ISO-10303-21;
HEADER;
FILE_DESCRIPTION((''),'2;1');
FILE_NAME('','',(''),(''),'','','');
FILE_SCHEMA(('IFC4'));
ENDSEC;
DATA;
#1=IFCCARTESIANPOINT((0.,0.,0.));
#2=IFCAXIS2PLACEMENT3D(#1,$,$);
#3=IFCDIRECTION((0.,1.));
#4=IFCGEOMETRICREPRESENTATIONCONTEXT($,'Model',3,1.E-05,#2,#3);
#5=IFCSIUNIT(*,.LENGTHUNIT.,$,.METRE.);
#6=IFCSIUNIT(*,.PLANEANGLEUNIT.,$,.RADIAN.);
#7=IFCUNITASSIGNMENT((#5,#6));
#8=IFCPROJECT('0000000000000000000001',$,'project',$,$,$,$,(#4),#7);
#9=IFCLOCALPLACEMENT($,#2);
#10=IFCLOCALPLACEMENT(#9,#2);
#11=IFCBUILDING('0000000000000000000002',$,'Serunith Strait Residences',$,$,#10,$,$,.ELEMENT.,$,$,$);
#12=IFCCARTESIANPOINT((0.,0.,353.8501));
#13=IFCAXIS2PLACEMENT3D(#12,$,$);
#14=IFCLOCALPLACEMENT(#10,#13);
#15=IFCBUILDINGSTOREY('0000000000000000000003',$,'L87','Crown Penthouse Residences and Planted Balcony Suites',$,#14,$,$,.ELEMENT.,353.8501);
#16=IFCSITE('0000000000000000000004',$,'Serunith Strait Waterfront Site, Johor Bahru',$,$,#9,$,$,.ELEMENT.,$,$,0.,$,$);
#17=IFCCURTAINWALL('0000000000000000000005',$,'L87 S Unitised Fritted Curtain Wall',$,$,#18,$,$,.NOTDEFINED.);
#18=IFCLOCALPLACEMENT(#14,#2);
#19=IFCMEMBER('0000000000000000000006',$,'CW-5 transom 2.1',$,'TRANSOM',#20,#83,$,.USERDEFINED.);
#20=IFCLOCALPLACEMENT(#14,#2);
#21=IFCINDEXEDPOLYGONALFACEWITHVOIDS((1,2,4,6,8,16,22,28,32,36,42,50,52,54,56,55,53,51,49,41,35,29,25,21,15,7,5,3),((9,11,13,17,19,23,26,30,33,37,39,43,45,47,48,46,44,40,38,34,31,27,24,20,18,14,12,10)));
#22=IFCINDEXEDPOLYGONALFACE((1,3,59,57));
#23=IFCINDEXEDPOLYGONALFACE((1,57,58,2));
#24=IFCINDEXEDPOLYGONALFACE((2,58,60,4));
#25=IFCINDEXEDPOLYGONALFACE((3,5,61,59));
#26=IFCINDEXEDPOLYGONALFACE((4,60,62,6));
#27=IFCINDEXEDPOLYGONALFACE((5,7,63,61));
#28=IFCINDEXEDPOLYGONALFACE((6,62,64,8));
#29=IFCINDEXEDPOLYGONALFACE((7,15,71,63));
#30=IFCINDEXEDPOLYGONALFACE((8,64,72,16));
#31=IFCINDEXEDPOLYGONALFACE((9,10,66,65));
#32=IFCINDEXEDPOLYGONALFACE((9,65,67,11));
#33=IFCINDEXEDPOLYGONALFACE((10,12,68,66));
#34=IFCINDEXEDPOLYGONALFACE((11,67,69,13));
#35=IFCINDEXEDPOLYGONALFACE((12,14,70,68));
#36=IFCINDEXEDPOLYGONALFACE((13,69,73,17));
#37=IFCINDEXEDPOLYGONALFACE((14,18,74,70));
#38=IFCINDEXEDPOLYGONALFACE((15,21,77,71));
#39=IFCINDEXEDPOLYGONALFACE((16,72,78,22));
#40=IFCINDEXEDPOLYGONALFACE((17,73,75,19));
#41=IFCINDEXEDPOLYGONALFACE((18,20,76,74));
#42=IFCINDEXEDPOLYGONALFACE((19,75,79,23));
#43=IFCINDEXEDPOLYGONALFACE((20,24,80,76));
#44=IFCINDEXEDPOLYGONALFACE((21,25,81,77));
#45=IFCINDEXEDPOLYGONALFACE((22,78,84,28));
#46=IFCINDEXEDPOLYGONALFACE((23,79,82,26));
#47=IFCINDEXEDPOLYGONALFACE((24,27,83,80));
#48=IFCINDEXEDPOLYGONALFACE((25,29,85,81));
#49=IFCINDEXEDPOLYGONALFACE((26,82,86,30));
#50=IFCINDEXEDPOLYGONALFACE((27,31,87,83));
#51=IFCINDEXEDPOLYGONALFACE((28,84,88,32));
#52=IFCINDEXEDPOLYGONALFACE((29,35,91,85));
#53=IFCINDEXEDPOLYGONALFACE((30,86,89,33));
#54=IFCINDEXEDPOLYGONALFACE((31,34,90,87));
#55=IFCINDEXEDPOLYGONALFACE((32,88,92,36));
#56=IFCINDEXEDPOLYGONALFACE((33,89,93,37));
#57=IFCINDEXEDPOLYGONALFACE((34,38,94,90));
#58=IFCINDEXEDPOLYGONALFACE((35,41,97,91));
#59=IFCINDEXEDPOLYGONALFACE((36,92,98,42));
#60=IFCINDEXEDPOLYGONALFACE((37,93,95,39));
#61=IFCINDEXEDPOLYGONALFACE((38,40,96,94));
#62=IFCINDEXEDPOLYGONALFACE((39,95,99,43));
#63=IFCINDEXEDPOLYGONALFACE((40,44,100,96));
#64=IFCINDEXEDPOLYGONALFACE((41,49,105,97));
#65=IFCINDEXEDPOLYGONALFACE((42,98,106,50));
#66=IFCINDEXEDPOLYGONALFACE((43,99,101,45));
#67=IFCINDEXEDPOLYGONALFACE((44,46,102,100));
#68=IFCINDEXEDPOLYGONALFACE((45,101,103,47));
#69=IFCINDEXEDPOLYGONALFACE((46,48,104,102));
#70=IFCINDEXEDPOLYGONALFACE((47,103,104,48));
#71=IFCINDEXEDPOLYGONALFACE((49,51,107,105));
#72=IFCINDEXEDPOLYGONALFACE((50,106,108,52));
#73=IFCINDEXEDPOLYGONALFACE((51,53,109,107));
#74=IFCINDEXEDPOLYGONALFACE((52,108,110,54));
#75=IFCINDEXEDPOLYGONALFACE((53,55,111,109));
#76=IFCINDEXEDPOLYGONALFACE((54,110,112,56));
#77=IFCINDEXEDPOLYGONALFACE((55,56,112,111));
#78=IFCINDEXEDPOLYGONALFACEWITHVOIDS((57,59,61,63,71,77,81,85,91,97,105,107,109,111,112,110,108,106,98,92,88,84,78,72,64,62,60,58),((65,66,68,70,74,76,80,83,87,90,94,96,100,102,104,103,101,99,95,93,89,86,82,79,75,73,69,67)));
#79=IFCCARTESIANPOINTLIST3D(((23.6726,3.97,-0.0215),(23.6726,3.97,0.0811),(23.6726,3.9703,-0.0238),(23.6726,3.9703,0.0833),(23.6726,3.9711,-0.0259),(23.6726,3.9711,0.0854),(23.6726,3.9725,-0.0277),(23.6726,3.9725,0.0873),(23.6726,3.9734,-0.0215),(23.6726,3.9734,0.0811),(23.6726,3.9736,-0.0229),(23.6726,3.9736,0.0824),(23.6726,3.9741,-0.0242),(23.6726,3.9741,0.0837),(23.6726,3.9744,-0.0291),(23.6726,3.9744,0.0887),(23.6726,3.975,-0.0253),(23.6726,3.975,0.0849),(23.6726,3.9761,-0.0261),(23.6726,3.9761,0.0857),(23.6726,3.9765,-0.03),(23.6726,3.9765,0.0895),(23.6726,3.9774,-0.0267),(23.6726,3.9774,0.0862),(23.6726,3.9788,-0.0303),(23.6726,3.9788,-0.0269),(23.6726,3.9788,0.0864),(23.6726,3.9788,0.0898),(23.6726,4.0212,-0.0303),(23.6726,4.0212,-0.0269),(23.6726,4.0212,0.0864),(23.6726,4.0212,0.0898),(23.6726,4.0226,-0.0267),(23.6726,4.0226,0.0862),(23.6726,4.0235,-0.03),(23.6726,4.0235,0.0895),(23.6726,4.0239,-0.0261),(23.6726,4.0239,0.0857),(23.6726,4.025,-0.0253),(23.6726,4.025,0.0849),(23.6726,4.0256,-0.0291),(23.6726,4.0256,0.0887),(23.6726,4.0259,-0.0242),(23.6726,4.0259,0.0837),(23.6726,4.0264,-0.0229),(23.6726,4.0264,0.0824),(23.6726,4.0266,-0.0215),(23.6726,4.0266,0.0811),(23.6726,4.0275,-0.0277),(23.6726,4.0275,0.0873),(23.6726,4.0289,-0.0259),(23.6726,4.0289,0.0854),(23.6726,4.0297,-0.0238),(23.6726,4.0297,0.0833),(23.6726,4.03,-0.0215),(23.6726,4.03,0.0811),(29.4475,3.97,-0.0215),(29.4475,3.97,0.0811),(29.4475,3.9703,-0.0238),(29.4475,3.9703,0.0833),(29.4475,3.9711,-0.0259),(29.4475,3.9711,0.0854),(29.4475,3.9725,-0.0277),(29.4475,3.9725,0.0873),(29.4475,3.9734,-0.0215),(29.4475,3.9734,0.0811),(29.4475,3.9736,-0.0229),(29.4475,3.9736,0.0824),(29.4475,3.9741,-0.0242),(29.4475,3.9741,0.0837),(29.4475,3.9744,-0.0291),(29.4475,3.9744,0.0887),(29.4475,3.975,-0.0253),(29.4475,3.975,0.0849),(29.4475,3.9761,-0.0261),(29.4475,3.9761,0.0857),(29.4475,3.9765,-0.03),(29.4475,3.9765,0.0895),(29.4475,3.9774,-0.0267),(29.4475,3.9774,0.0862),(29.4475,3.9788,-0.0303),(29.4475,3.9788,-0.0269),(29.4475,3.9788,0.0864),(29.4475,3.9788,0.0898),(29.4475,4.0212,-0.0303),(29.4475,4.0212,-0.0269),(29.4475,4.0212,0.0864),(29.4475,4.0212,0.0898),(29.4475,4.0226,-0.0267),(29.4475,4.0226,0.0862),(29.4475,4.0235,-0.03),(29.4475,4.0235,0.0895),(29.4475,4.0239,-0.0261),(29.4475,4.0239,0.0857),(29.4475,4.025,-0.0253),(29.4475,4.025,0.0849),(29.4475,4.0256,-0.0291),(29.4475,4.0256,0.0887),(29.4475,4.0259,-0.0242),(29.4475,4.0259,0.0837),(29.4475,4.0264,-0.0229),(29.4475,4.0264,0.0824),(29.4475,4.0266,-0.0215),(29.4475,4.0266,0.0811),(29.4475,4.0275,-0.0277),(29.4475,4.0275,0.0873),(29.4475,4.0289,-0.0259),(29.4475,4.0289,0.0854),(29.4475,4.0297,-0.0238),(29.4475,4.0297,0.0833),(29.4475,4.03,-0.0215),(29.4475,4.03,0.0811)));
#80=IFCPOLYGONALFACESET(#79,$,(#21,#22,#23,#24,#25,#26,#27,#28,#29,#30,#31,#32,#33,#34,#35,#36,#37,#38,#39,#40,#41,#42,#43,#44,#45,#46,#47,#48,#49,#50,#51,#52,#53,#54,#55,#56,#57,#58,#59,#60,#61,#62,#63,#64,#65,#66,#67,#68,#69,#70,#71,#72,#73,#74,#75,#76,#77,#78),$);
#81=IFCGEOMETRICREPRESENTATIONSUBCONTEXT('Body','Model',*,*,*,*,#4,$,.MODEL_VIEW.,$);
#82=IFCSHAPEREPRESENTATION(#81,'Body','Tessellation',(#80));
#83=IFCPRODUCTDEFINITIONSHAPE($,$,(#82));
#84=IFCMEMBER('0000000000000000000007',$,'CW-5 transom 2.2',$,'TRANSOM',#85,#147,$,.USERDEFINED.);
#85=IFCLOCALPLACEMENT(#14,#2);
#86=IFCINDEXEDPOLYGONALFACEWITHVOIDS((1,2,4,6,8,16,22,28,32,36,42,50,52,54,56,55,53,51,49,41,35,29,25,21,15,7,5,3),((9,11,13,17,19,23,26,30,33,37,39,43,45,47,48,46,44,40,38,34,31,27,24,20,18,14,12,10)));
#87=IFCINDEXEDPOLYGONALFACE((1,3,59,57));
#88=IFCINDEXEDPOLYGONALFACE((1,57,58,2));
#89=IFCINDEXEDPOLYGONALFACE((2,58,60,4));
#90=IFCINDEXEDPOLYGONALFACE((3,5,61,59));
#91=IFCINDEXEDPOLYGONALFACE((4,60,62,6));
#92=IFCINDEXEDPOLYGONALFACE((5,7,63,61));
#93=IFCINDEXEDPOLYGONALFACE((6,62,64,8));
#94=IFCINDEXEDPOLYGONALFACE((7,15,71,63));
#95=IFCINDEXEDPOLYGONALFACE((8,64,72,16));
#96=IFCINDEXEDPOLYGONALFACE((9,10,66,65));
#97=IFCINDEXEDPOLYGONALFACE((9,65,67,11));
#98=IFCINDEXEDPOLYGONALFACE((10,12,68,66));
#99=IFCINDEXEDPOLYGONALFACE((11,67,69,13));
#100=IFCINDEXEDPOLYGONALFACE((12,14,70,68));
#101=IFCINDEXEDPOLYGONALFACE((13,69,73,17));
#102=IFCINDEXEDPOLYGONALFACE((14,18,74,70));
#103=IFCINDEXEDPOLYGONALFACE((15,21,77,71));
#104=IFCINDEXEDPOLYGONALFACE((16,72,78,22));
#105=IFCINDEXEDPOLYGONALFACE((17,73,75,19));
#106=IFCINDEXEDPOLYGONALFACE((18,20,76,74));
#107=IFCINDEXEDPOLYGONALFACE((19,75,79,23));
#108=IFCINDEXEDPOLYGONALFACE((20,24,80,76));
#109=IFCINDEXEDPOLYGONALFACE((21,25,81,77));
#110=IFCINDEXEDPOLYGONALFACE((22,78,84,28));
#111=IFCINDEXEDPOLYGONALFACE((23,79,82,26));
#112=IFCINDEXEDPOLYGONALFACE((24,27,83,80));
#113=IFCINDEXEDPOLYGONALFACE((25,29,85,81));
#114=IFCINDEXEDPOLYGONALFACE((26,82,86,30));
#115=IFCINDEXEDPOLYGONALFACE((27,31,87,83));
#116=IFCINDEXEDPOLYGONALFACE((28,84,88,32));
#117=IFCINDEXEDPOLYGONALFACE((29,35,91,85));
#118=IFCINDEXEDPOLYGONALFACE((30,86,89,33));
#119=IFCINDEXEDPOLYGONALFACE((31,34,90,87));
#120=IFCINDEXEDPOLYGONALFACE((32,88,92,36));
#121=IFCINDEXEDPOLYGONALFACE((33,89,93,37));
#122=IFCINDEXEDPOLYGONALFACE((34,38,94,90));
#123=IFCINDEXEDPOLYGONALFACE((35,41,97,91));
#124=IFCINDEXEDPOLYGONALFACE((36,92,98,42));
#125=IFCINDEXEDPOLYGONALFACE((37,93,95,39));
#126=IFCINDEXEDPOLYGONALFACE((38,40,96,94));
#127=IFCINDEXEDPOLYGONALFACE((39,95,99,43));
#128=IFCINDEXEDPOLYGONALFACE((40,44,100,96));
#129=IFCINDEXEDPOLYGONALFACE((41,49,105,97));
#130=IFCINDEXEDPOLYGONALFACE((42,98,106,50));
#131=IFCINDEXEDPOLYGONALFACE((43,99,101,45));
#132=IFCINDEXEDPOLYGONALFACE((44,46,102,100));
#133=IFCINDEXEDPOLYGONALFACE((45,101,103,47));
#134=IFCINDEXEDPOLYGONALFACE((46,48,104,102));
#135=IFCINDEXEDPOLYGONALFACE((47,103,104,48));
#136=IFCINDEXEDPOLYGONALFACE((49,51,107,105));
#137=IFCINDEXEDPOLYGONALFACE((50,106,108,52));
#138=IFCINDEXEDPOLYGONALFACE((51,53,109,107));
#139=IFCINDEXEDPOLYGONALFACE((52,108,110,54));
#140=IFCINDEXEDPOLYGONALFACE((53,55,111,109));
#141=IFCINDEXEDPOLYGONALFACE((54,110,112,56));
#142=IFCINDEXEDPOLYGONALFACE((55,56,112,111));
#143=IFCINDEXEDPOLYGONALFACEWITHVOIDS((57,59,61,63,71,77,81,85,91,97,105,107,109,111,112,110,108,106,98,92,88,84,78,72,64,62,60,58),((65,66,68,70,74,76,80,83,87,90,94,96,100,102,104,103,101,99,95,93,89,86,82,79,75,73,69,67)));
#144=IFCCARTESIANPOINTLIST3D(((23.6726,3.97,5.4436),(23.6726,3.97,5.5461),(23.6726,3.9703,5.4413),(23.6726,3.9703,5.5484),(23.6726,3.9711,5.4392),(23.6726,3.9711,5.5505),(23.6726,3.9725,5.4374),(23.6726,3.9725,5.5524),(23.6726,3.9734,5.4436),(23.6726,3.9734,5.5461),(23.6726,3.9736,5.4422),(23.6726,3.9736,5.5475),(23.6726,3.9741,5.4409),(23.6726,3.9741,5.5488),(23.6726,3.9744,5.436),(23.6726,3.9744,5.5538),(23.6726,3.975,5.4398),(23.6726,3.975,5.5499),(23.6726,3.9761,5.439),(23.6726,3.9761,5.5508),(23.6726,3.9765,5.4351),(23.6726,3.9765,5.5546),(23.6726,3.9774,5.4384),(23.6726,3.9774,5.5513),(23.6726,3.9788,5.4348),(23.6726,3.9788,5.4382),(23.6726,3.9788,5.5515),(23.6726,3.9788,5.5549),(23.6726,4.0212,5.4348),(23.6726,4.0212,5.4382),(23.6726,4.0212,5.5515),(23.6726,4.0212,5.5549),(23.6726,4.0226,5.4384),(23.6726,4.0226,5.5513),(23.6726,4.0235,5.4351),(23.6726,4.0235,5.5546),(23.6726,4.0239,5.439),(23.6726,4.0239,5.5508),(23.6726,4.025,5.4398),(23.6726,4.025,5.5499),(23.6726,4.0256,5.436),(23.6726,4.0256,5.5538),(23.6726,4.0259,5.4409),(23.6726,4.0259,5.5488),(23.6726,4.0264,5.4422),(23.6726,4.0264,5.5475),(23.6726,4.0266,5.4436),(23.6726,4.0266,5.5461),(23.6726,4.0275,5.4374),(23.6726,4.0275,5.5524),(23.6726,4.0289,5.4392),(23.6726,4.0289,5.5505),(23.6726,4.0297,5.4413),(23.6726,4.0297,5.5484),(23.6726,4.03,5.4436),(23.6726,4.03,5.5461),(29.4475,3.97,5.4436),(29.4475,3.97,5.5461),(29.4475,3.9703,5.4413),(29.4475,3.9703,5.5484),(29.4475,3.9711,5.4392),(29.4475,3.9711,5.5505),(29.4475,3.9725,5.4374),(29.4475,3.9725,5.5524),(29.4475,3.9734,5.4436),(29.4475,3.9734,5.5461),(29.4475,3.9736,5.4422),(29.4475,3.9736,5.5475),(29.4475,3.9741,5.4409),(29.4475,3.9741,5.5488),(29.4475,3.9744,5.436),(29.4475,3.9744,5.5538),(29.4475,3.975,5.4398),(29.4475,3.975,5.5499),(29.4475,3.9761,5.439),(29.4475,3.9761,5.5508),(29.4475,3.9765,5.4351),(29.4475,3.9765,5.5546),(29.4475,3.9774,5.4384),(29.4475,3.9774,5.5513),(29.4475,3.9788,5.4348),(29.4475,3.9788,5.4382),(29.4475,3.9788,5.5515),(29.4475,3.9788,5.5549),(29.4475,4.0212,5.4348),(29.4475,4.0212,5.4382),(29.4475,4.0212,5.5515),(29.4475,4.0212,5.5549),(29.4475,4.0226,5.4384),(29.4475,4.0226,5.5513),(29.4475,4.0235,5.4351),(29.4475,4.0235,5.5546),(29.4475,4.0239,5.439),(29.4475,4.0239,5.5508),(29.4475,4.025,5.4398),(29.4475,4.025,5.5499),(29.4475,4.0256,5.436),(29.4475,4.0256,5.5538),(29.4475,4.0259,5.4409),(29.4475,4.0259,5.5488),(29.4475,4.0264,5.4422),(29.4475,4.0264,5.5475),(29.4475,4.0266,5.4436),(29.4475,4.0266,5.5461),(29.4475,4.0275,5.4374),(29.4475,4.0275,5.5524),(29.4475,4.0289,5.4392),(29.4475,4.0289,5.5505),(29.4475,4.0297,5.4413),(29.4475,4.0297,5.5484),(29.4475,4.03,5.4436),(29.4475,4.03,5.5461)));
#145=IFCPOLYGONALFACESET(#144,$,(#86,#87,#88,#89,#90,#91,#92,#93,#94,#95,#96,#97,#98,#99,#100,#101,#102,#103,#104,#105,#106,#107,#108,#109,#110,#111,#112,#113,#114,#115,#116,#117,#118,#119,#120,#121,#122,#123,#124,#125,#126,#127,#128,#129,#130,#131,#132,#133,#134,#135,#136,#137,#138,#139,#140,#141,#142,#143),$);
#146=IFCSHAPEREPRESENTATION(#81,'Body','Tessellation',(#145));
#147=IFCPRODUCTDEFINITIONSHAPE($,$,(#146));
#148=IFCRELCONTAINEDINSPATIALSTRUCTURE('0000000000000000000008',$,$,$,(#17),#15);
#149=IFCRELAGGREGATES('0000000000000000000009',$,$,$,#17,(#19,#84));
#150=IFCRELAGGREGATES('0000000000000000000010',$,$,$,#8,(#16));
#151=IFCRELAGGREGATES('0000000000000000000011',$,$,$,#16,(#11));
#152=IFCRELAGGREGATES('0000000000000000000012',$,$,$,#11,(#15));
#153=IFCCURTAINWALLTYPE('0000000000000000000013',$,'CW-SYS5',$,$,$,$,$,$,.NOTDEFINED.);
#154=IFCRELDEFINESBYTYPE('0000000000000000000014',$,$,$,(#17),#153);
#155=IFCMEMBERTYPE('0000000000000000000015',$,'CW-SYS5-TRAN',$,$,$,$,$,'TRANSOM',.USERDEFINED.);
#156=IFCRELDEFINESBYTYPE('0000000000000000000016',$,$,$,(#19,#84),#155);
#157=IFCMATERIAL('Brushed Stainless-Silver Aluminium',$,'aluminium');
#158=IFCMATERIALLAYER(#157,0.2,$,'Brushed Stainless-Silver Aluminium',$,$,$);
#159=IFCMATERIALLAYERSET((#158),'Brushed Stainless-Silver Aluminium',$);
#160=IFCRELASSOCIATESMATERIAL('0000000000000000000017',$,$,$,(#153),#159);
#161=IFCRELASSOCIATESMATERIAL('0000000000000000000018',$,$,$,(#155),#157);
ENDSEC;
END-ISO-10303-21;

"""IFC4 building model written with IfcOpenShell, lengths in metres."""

from ifc_helpers import new_model, si_unit, direction, frame, origin, origin_2d, place, context, subcontext, project, spatial, hollow_rectangle, extrude, source, transform, mapped, material, layer, layer_set, material_profile, profile_set, type_object, element, aggregate, save


model = new_model("IFC4")

# Units and contexts
model_context = context("Model", 3, precision=1e-05, world=origin(), true_north=direction((0.0, 1.0)))
body_context = subcontext(model_context, "Body", "Model", "MODEL_VIEW")
ifc_project = project(units=[si_unit("LENGTHUNIT", "METRE"), si_unit("PLANEANGLEUNIT", "RADIAN")], contexts=[model_context])

# Site, building, storey
site_placement = place(None, origin())
site = spatial("IfcSite", under=ifc_project, at=site_placement, Name="Serunith Strait Waterfront Site, Johor Bahru", CompositionType="ELEMENT", RefElevation=0.0)
building_placement = place(site_placement, origin())
building = spatial("IfcBuilding", under=site, at=building_placement, Name="Serunith Strait Residences", CompositionType="ELEMENT")
storey_placement = place(building_placement, frame((0.0, 0.0, 353.8501)))
storey = spatial("IfcBuildingStorey", under=building, at=storey_placement, Name="L87", Description="Crown Penthouse Residences and Planted Balcony Suites", CompositionType="ELEMENT", Elevation=353.8501)

# Curtain wall, members
ifc_material_1 = material(Name="Brushed Stainless-Silver Aluminium", Category="aluminium")
ifc_layer_1 = layer(ifc_material_1, 0.2, Name="Brushed Stainless-Silver Aluminium")
ifc_layer_set_1 = layer_set([ifc_layer_1], Name="Brushed Stainless-Silver Aluminium")
curtain_wall_type = type_object("IfcCurtainWallType", Name="CW-SYS5", PredefinedType="NOTDEFINED", material=ifc_layer_set_1)
curtain_wall_placement = place(storey_placement, origin())
curtain_wall = element("IfcCurtainWall", 1, at=curtain_wall_placement, inside=storey, type_object=curtain_wall_type, Name="L87 S Unitised Fritted Curtain Wall", PredefinedType="NOTDEFINED")
ifc_material_profile_1 = material_profile(ifc_material_1, hollow_rectangle(XDim=0.0601, YDim=0.1201, WallThickness=0.0034, InnerFilletRadius=0.0054, OuterFilletRadius=0.0088, at=origin_2d()), Name="ALU 120x60x3.5")
ifc_profile_set_1 = profile_set([ifc_material_profile_1], Name="Brushed Stainless-Silver Aluminium")
member_type_1 = type_object("IfcMemberType", Name="CW-SYS5-TRAN", ElementType="TRANSOM", PredefinedType="USERDEFINED", material=ifc_profile_set_1)
shared_shape_1 = source(origin(), body_context, "Body", "SweptSolid", [
    extrude(hollow_rectangle(XDim=0.0601, YDim=0.1201, WallThickness=0.0034, InnerFilletRadius=0.0054, OuterFilletRadius=0.0088, at=origin_2d()), origin(), (0.0, 0.0, 1.0), 5.7749),
])
member_1_placement = place(storey_placement, frame((23.6726, 4.0, 0.0298), z_axis=(1.0, 0.0, 0.0), x_axis=(0.0, 1.0, 0.0)))
member_1 = element("IfcMember", 2, at=member_1_placement, type_object=member_type_1, Name="CW-5 transom 2.1", ObjectType="TRANSOM", PredefinedType="USERDEFINED", context=body_context, shape_type="MappedRepresentation", body=[
    mapped(shared_shape_1, transform((0.0, 0.0, 0.0), scale=1.0)),
])
member_2_placement = place(storey_placement, frame((23.6726, 4.0, 5.4949), z_axis=(1.0, 0.0, 0.0), x_axis=(0.0, 1.0, 0.0)))
member_2 = element("IfcMember", 3, at=member_2_placement, type_object=member_type_1, Name="CW-5 transom 2.2", ObjectType="TRANSOM", PredefinedType="USERDEFINED", context=body_context, shape_type="MappedRepresentation", body=[
    mapped(shared_shape_1, transform((0.0, 0.0, 0.0), scale=1.0)),
])
aggregate(curtain_wall, [member_1, member_2])

save(model, "model.ifc")
